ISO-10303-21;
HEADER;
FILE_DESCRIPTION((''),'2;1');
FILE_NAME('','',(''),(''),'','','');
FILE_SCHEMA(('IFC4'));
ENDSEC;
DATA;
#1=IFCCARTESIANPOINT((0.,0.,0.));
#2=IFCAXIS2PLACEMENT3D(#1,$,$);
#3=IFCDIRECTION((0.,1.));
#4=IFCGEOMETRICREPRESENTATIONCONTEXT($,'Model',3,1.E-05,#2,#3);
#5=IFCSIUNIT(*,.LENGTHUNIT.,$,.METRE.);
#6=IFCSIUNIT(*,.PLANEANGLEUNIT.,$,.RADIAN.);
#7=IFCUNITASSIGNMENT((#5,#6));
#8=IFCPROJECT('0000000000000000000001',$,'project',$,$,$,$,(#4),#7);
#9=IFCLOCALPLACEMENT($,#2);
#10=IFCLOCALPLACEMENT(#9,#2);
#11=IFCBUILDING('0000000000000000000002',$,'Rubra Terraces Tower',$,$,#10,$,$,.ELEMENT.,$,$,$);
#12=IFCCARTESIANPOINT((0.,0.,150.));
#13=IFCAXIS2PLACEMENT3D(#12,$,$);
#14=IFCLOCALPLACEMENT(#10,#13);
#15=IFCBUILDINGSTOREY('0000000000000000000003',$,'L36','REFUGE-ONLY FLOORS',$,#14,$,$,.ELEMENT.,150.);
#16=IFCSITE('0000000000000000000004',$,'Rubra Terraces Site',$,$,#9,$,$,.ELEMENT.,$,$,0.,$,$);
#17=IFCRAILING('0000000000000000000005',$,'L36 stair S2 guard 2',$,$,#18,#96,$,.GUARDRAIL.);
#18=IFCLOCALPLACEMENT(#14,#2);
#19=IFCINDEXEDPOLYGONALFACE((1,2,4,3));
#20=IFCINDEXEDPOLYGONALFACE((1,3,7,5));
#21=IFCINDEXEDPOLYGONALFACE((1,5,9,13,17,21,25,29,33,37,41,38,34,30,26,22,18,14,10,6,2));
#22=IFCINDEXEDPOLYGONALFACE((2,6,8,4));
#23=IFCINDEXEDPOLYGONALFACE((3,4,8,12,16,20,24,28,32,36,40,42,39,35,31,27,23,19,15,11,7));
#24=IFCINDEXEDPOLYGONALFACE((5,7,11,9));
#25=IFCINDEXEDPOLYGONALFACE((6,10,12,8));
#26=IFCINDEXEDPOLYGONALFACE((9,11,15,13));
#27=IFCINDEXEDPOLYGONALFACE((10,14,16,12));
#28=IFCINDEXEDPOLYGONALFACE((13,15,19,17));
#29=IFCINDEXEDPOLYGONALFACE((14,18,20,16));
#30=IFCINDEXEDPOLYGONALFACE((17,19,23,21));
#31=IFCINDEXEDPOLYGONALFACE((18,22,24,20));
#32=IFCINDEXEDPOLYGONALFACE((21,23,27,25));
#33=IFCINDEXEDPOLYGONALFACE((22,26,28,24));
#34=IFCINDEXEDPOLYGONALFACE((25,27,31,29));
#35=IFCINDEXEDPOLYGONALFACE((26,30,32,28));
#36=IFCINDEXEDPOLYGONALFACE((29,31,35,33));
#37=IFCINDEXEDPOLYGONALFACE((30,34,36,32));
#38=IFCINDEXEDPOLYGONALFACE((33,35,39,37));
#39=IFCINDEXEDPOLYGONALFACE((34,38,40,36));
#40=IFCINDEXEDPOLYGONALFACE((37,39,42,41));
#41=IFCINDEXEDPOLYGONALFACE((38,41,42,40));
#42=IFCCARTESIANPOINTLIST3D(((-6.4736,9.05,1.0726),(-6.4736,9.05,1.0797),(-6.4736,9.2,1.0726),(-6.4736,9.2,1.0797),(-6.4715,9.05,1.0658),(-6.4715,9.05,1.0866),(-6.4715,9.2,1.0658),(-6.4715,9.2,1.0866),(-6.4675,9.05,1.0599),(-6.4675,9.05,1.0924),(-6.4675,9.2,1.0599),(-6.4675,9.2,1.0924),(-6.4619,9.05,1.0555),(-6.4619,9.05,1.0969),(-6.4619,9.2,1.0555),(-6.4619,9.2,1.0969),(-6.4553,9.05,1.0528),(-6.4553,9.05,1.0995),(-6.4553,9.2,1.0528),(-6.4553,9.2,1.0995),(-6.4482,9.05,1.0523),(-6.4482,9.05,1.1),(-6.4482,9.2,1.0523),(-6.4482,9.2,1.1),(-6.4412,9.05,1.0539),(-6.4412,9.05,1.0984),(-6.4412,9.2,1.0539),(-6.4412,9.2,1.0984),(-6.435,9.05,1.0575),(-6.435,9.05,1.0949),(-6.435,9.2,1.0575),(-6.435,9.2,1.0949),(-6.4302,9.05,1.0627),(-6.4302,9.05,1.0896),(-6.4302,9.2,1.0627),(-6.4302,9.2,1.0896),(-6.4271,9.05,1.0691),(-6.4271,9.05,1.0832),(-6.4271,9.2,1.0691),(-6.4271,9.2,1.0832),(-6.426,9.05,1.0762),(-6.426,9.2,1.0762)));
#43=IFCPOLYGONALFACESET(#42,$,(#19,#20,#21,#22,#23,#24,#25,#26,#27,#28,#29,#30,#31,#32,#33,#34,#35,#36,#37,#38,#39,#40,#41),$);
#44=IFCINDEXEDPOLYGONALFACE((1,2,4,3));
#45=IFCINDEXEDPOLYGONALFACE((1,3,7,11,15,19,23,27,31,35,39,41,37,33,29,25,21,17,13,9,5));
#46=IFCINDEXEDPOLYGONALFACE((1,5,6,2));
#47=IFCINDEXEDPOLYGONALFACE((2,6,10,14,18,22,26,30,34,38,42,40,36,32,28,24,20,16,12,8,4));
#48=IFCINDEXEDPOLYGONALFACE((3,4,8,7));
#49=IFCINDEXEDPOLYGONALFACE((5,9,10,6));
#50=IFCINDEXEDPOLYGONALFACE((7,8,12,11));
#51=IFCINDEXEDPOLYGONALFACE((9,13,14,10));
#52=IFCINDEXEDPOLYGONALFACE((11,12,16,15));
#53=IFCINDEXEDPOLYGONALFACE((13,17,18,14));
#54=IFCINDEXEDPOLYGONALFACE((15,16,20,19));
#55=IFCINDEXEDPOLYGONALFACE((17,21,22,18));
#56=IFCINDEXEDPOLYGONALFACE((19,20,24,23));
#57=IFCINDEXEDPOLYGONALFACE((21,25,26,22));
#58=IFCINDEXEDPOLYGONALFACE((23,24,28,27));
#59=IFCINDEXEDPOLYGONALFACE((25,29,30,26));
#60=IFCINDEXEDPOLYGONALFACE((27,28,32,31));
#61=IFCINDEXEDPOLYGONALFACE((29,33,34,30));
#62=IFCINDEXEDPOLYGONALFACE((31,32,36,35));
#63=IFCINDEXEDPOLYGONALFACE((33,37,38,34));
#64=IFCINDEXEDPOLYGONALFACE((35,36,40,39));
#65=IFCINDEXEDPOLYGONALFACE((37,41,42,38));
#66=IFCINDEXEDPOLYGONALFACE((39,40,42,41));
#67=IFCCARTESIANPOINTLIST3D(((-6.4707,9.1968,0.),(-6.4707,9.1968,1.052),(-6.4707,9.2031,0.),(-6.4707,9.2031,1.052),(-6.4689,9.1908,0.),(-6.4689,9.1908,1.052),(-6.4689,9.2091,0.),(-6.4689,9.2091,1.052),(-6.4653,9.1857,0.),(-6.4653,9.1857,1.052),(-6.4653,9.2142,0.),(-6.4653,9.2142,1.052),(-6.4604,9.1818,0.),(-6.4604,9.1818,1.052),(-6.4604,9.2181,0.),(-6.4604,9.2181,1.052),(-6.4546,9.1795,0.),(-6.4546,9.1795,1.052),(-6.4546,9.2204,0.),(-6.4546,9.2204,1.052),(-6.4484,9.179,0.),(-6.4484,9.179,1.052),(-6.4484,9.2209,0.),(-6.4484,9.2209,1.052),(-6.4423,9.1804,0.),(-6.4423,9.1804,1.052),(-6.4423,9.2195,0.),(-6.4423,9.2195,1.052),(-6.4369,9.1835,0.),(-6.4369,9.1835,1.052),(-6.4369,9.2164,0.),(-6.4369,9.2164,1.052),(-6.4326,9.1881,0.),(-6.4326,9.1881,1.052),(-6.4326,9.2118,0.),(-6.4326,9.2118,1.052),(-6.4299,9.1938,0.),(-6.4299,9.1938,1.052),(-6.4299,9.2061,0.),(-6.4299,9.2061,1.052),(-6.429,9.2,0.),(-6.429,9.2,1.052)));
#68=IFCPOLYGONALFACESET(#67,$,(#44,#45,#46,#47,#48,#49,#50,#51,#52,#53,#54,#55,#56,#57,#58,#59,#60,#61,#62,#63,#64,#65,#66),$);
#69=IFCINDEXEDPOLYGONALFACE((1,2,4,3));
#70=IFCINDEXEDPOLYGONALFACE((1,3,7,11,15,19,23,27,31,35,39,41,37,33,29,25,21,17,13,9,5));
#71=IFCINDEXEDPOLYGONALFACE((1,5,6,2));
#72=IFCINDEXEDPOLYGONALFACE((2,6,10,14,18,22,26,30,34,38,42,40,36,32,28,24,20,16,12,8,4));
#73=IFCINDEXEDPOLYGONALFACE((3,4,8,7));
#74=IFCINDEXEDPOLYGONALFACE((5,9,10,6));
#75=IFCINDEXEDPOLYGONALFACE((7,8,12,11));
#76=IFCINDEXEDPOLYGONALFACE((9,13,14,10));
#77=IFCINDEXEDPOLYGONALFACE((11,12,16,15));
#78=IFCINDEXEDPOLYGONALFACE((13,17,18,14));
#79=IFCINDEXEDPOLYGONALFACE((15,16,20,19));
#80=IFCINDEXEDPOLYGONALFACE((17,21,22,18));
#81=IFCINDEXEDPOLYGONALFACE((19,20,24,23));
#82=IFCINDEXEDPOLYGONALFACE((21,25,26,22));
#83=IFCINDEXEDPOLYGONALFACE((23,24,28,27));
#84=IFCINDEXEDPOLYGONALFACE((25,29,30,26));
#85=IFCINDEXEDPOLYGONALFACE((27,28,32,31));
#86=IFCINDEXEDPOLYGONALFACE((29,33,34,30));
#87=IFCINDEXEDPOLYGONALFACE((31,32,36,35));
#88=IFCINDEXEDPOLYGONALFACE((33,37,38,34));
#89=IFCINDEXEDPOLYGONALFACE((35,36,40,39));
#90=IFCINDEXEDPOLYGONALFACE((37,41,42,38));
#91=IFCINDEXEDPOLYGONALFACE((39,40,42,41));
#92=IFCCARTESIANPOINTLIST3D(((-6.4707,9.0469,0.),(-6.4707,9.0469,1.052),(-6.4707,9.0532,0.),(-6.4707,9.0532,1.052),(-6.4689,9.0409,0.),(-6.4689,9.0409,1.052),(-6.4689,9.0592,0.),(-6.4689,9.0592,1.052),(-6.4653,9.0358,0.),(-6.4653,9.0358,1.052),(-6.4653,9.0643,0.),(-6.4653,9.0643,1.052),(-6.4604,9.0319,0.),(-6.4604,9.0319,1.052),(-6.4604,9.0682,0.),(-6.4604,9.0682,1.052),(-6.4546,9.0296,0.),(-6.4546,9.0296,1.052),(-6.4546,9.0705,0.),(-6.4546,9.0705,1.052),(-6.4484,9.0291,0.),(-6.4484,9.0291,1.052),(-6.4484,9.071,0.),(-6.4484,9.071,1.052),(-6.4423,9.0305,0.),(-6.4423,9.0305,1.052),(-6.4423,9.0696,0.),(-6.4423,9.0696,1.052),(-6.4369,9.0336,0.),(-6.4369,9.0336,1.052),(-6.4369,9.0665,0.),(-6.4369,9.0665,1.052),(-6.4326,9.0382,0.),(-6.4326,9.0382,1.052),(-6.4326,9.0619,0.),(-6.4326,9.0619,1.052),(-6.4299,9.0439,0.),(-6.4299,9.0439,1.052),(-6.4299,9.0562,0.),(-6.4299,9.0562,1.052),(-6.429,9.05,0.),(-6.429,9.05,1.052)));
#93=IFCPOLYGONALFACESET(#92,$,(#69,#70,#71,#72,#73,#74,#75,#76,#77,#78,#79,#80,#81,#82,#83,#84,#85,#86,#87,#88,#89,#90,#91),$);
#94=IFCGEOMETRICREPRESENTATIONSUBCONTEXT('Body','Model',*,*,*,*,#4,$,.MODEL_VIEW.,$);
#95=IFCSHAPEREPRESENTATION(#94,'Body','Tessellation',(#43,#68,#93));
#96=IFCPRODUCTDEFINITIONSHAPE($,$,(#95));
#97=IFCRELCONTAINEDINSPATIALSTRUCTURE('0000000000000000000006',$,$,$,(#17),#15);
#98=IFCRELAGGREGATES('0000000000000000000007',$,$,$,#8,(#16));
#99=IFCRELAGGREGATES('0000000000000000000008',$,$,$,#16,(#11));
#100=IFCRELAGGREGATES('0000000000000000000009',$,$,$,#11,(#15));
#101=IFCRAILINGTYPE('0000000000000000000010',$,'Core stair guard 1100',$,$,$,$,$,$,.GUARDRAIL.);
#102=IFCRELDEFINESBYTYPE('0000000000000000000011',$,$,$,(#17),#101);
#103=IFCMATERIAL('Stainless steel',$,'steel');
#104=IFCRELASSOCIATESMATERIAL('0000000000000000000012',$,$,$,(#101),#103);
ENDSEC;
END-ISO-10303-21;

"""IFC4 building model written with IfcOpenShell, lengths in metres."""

from ifc_helpers import new_model, si_unit, direction, frame, origin, origin_2d, place, context, subcontext, project, spatial, circle, extrude, material, type_object, element, save


model = new_model("IFC4")

# Units and contexts
model_context = context("Model", 3, precision=1e-05, world=origin(), true_north=direction((0.0, 1.0)))
body_context = subcontext(model_context, "Body", "Model", "MODEL_VIEW")
ifc_project = project(units=[si_unit("LENGTHUNIT", "METRE"), si_unit("PLANEANGLEUNIT", "RADIAN")], contexts=[model_context])

# Site, building, storey
site_placement = place(None, origin())
site = spatial("IfcSite", under=ifc_project, at=site_placement, Name="Rubra Terraces Site", CompositionType="ELEMENT", RefElevation=0.0)
building_placement = place(site_placement, origin())
building = spatial("IfcBuilding", under=site, at=building_placement, Name="Rubra Terraces Tower", CompositionType="ELEMENT")
storey_placement = place(building_placement, frame((0.0, 0.0, 150.0)))
storey = spatial("IfcBuildingStorey", under=building, at=storey_placement, Name="L36", Description="REFUGE-ONLY FLOORS", CompositionType="ELEMENT", Elevation=150.0)

# Shared definitions
ifc_material_1 = material(Name="Stainless steel", Category="steel")

# Railing
railing_type_1 = type_object("IfcRailingType", Name="Core stair guard 1100", PredefinedType="GUARDRAIL", material=ifc_material_1)
railing_1_placement = place(storey_placement, frame((-6.45, 9.2, 0.0)))
element("IfcRailing", 1, at=railing_1_placement, inside=storey, type_object=railing_type_1, Name="L36 stair S2 guard 2", PredefinedType="GUARDRAIL", context=body_context, shape_type="SweptSolid", body=[
    extrude(circle(Radius=0.0239, at=origin_2d()), frame((0.0, 0.0, 1.0762), z_axis=(0.0, -1.0, 0.0), x_axis=(1.0, 0.0, 0.0)), (0.0, 0.0, 1.0), 0.1499),
    extrude(circle(Radius=0.021, at=origin_2d()), origin(), (0.0, 0.0, 1.0), 1.052),
    extrude(circle(Radius=0.021, at=origin_2d()), frame((0.0, -0.1499, 0.0)), (0.0, 0.0, 1.0), 1.052),
])

save(model, "model.ifc")
